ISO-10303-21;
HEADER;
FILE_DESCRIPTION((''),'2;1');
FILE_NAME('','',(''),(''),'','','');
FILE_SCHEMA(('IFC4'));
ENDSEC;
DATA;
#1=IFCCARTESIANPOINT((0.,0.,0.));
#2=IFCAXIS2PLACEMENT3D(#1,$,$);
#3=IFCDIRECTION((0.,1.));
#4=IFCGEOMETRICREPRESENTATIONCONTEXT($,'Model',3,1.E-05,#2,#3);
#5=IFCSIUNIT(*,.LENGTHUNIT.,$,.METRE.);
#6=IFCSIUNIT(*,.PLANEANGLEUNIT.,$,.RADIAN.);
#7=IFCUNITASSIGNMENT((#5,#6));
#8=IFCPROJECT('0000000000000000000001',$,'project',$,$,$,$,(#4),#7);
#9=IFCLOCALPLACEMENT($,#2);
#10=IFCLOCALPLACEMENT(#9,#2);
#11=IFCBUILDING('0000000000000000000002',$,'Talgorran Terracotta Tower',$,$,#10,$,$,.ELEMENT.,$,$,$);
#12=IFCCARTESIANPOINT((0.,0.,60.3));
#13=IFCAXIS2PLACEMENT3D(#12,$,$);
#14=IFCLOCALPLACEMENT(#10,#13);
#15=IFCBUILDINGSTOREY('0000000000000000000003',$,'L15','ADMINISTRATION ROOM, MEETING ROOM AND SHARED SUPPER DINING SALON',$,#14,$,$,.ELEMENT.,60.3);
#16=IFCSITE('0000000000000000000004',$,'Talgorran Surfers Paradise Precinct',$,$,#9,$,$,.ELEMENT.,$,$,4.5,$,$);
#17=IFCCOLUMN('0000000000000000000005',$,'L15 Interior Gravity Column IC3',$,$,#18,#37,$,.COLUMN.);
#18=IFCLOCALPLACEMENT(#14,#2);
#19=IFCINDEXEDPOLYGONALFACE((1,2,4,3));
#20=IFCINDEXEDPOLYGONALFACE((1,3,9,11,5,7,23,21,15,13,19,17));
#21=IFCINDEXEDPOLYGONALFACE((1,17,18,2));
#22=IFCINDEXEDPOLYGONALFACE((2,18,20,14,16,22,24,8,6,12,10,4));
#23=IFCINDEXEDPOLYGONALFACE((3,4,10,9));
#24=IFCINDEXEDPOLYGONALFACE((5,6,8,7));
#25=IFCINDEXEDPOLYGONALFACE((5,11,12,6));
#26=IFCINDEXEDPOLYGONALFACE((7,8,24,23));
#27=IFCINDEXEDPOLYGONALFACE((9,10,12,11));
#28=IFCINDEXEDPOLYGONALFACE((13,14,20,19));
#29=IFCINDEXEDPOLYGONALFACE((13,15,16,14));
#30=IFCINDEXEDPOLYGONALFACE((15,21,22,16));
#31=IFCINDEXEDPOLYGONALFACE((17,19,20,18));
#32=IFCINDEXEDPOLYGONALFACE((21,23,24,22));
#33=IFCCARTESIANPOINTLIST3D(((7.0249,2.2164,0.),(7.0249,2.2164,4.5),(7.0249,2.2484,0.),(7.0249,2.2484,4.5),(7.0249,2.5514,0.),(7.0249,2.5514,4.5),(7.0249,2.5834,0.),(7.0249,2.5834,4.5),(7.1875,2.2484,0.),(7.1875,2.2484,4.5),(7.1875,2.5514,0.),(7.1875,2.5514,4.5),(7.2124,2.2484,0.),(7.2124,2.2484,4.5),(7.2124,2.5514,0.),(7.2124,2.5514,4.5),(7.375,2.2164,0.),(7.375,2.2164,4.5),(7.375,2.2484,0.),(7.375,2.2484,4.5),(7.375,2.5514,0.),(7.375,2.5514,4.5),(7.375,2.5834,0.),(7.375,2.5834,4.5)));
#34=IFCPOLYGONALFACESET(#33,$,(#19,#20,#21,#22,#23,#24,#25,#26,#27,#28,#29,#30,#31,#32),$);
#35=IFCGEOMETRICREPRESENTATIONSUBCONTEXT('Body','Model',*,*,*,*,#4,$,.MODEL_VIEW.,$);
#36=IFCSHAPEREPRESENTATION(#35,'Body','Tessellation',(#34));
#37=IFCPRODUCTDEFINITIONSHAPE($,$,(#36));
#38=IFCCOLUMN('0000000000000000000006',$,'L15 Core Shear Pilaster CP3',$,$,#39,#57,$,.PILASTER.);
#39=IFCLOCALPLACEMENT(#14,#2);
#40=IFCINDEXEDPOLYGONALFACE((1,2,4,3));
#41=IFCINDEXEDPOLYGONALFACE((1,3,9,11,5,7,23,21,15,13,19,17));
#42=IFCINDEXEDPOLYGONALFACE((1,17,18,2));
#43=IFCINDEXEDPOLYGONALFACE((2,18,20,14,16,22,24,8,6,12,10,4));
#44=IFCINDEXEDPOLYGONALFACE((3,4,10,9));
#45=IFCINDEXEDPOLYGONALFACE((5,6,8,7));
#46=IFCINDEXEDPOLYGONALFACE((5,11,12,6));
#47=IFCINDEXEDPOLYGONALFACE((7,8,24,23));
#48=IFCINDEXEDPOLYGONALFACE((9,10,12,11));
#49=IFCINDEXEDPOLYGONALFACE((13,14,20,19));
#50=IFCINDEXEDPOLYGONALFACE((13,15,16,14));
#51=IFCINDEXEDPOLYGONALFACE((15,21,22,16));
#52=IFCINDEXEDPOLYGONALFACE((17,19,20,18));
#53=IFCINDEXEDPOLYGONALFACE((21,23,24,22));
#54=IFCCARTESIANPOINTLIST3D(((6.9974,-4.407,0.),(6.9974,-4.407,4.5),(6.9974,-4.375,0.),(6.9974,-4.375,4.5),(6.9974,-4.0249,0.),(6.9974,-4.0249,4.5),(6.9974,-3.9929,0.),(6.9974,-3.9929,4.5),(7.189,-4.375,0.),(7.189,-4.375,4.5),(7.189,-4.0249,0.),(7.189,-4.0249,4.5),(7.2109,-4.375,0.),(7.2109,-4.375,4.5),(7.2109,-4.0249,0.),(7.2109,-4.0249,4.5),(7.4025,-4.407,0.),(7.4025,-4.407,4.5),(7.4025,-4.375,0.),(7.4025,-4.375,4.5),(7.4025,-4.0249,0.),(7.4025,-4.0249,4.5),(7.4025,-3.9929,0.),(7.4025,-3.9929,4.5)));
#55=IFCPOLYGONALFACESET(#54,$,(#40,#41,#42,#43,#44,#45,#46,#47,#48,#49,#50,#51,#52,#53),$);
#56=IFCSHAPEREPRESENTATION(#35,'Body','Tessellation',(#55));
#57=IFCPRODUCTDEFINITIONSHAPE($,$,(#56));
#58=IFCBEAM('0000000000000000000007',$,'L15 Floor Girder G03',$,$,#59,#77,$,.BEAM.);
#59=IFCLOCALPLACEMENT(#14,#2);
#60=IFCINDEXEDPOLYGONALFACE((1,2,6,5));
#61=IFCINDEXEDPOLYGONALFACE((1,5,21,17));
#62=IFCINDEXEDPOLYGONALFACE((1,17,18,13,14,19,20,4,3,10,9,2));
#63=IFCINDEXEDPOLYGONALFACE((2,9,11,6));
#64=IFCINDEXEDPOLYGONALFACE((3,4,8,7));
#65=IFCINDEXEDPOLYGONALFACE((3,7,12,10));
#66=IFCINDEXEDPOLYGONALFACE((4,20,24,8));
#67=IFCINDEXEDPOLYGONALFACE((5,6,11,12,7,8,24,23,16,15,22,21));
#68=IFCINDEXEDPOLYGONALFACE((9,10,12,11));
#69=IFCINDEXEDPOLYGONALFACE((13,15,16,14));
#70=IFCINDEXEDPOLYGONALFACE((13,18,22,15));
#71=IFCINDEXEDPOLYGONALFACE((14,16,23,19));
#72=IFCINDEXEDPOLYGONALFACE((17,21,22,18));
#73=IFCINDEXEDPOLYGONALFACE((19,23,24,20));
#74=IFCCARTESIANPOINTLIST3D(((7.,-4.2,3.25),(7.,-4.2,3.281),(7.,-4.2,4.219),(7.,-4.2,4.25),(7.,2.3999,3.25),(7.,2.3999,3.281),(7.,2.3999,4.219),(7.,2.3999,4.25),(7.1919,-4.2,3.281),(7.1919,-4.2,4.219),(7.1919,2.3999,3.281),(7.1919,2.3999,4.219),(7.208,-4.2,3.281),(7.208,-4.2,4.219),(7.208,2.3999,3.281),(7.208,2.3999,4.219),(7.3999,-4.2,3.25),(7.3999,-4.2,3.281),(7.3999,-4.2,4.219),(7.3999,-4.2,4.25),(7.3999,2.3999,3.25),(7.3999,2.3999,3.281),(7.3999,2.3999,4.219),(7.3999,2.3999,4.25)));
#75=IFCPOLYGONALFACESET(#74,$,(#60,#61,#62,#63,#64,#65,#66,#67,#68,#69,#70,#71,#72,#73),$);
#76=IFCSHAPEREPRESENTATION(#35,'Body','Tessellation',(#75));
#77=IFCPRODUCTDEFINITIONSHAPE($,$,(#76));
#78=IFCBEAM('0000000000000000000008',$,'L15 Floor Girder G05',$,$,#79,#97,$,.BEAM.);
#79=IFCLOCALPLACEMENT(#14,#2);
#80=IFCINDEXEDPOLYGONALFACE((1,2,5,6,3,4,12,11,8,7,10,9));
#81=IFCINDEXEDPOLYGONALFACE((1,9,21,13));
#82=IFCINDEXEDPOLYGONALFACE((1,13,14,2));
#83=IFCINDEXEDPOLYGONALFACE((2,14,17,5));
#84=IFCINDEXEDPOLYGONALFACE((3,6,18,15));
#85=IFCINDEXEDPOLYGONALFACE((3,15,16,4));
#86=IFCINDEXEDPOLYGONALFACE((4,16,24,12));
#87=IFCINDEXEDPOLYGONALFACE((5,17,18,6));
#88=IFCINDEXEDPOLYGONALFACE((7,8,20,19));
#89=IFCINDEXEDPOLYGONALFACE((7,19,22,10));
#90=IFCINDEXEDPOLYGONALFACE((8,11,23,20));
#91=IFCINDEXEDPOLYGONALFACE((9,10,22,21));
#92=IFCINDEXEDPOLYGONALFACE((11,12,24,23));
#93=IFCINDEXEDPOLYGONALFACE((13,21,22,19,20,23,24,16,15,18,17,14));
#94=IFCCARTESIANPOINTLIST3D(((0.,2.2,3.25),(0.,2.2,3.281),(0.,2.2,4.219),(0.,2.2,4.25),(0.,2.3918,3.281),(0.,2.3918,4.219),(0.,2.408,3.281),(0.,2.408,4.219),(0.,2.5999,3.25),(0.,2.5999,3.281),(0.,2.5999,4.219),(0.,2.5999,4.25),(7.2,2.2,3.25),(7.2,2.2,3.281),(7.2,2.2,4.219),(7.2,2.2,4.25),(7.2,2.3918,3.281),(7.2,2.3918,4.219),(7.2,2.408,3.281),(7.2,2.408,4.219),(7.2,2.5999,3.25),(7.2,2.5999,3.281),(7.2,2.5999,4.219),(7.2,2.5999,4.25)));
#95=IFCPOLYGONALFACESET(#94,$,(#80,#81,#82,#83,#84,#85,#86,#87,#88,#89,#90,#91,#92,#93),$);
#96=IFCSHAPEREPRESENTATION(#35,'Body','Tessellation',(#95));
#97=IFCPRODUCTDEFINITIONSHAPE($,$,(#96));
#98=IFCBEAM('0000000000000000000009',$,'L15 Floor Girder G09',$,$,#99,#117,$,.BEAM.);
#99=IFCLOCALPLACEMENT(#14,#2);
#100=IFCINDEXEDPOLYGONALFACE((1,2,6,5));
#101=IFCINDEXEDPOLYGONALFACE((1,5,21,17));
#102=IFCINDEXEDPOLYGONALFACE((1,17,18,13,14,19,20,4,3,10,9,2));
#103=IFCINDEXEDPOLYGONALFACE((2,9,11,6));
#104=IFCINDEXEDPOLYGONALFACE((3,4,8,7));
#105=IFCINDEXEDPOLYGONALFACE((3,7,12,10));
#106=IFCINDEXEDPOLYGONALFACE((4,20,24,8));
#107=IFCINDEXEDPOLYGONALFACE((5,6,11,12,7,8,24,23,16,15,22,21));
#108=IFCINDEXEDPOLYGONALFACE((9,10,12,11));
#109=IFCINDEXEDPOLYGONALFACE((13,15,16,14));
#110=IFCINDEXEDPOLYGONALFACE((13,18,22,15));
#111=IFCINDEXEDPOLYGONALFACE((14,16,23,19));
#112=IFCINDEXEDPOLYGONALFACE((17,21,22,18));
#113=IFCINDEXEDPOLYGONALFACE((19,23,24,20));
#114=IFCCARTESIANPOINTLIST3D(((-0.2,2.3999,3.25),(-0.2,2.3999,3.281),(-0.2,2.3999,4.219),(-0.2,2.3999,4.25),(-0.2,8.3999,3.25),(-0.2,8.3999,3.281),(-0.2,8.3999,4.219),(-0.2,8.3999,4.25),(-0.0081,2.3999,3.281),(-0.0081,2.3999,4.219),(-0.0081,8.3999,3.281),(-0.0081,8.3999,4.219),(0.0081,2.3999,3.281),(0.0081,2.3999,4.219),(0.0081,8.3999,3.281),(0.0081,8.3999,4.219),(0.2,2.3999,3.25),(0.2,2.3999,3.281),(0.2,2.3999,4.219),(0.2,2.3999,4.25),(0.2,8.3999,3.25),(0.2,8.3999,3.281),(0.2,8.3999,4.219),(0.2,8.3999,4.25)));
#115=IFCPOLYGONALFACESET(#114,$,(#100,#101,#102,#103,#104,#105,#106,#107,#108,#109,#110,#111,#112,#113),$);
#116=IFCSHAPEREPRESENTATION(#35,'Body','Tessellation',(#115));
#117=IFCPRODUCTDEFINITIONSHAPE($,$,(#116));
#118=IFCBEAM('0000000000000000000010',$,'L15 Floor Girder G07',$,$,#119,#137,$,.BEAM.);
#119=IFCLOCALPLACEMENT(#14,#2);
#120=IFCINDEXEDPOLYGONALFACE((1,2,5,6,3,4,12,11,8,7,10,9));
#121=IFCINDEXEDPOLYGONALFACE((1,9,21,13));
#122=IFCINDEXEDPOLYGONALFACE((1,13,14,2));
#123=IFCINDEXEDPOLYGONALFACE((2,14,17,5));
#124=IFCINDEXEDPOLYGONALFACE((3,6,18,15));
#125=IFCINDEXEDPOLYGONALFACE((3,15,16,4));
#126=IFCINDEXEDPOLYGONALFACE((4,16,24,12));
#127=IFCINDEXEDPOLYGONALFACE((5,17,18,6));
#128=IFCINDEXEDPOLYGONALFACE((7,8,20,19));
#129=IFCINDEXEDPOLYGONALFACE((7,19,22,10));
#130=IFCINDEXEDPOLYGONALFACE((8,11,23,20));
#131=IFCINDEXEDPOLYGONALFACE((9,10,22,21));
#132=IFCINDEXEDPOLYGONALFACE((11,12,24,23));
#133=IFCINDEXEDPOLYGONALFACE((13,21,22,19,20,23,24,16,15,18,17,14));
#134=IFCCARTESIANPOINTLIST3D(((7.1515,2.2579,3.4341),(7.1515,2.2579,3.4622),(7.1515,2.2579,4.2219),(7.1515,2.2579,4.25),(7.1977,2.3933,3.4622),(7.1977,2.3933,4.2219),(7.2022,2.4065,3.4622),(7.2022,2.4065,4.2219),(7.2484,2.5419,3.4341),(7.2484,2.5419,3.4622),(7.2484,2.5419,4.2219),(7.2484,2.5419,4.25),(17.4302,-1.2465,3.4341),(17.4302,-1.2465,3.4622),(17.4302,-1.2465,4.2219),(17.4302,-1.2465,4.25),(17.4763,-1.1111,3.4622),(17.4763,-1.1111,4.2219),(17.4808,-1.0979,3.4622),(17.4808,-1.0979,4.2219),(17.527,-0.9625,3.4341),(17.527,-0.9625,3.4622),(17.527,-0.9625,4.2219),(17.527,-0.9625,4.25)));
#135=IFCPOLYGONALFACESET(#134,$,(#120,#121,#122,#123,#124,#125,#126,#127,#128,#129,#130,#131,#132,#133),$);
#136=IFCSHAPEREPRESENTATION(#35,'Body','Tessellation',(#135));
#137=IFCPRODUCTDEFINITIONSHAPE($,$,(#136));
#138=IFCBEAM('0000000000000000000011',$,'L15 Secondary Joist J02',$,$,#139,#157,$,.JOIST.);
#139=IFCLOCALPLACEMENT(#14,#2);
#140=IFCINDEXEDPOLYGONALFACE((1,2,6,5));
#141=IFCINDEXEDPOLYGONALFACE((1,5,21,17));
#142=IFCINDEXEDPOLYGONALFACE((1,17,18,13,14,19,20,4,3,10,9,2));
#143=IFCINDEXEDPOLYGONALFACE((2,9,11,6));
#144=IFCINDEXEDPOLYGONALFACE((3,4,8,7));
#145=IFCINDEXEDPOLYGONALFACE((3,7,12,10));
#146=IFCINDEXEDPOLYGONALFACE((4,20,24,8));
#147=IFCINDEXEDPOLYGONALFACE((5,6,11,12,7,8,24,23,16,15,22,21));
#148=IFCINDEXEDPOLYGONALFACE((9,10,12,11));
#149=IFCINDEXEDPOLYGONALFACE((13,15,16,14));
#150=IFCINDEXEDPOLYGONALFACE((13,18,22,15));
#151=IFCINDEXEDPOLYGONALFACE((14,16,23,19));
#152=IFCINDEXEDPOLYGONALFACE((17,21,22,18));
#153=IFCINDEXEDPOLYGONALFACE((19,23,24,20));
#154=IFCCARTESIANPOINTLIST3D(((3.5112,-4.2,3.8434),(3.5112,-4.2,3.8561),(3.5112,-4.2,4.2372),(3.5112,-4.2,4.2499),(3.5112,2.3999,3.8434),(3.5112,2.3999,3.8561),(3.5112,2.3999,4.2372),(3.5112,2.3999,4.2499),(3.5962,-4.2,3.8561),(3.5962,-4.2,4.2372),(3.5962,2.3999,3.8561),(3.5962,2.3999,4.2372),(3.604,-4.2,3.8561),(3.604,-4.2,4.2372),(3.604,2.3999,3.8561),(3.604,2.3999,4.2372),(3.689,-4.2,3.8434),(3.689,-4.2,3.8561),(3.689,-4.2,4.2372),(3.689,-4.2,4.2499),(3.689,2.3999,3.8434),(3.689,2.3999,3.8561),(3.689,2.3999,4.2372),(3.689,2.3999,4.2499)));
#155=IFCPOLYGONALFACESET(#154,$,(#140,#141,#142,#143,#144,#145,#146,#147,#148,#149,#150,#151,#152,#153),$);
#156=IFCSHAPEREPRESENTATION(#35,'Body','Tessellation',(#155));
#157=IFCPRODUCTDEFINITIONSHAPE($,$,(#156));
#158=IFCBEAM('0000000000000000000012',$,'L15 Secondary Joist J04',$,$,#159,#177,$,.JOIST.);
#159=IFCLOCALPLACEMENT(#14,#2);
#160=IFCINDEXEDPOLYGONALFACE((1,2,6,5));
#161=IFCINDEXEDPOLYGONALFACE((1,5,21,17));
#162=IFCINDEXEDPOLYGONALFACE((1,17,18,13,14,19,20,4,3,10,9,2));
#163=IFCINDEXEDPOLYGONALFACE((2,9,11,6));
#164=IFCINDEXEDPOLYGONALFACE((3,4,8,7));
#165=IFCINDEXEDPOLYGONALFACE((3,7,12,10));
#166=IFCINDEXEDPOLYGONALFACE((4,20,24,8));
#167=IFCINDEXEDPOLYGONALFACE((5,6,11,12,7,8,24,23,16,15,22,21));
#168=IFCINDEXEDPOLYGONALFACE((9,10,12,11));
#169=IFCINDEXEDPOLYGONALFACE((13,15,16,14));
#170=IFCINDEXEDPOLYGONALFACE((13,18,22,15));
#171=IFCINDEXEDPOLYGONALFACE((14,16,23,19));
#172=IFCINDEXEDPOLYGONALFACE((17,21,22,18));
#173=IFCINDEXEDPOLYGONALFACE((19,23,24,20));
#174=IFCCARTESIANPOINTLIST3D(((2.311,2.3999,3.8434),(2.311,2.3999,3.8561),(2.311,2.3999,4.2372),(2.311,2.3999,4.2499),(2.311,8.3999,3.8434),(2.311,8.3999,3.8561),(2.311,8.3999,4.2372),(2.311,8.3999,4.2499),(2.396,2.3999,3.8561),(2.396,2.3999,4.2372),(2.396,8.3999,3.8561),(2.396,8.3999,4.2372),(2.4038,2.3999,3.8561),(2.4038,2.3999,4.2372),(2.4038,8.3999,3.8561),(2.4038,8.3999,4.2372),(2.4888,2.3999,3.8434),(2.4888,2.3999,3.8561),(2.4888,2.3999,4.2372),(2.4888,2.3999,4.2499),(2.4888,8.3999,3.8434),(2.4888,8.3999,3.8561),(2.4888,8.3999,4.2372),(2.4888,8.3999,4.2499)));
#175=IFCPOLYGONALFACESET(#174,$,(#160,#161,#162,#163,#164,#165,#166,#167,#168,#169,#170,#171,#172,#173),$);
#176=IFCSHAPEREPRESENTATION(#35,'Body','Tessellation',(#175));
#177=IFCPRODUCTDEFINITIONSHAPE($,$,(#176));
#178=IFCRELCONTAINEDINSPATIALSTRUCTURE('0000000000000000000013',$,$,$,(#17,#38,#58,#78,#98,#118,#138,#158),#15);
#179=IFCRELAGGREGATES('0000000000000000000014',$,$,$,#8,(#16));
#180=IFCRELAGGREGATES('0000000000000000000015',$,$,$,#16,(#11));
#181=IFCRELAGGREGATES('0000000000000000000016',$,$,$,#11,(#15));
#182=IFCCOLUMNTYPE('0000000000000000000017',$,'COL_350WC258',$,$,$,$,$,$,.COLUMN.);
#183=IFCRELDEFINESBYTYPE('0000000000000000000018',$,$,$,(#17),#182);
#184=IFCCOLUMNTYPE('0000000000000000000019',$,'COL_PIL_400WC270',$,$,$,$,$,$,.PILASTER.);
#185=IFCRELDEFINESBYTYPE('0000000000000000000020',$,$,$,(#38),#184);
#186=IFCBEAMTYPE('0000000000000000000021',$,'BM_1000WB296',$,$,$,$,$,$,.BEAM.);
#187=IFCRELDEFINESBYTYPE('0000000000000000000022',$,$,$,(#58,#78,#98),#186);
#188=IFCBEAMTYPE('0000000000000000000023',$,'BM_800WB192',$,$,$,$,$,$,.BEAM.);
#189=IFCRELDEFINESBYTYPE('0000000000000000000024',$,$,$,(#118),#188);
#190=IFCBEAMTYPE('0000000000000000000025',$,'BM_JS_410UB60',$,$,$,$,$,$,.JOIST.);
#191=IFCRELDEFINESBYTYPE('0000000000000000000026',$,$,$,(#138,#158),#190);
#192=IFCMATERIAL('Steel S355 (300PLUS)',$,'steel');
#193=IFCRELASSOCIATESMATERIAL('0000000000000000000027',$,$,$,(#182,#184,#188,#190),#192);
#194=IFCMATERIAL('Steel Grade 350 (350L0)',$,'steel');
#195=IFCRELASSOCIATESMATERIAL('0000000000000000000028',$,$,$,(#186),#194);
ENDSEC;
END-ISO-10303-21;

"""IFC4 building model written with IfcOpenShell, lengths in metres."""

from ifc_helpers import new_model, si_unit, direction, frame, origin, origin_2d, place, context, subcontext, project, spatial, i_section, extrude, material, material_profile, profile_set, type_object, element, save


model = new_model("IFC4")

# Units and contexts
model_context = context("Model", 3, precision=1e-05, world=origin(), true_north=direction((0.0, 1.0)))
body_context = subcontext(model_context, "Body", "Model", "MODEL_VIEW")
ifc_project = project(units=[si_unit("LENGTHUNIT", "METRE"), si_unit("PLANEANGLEUNIT", "RADIAN")], contexts=[model_context])

# Site, building, storey
site_placement = place(None, origin())
site = spatial("IfcSite", under=ifc_project, at=site_placement, Name="Talgorran Surfers Paradise Precinct", CompositionType="ELEMENT", RefElevation=4.5)
building_placement = place(site_placement, origin())
building = spatial("IfcBuilding", under=site, at=building_placement, Name="Talgorran Terracotta Tower", CompositionType="ELEMENT")
storey_placement = place(building_placement, frame((0.0, 0.0, 60.3)))
storey = spatial("IfcBuildingStorey", under=building, at=storey_placement, Name="L15", Description="ADMINISTRATION ROOM, MEETING ROOM AND SHARED SUPPER DINING SALON", CompositionType="ELEMENT", Elevation=60.3)

# Columns
ifc_material_1 = material(Name="Steel S355 (300PLUS)", Category="steel")
ifc_material_profile_1 = material_profile(ifc_material_1, i_section(OverallWidth=0.3501, OverallDepth=0.3669, WebThickness=0.0249, FlangeThickness=0.032, at=origin_2d()), Name="350WC258")
ifc_profile_set_1 = profile_set([ifc_material_profile_1], Name="Steel S355 (300PLUS)")
column_type_1 = type_object("IfcColumnType", Name="COL_350WC258", PredefinedType="COLUMN", material=ifc_profile_set_1)
column_1_placement = place(storey_placement, frame((7.2, 2.3999, 0.0), z_axis=(0.0, 0.0, 1.0), x_axis=(1.0, 0.0, 0.0)))
element("IfcColumn", 1, at=column_1_placement, inside=storey, type_object=column_type_1, Name="L15 Interior Gravity Column IC3", PredefinedType="COLUMN", context=body_context, shape_type="SweptSolid", body=[
    extrude(i_section(OverallWidth=0.3501, OverallDepth=0.3669, WebThickness=0.0249, FlangeThickness=0.032, at=origin_2d()), origin(), (0.0, 0.0, 1.0), 4.5),
])
ifc_material_profile_2 = material_profile(ifc_material_1, i_section(OverallWidth=0.405, OverallDepth=0.4141, WebThickness=0.022, FlangeThickness=0.032, at=origin_2d()), Name="400WC270")
ifc_profile_set_2 = profile_set([ifc_material_profile_2], Name="Steel S355 (300PLUS)")
column_type_2 = type_object("IfcColumnType", Name="COL_PIL_400WC270", PredefinedType="PILASTER", material=ifc_profile_set_2)
column_2_placement = place(storey_placement, frame((7.2, -4.2, 0.0), z_axis=(0.0, 0.0, 1.0), x_axis=(1.0, 0.0, 0.0)))
element("IfcColumn", 2, at=column_2_placement, inside=storey, type_object=column_type_2, Name="L15 Core Shear Pilaster CP3", PredefinedType="PILASTER", context=body_context, shape_type="SweptSolid", body=[
    extrude(i_section(OverallWidth=0.405, OverallDepth=0.4141, WebThickness=0.022, FlangeThickness=0.032, at=origin_2d()), origin(), (0.0, 0.0, 1.0), 4.5),
])

# Beams
ifc_material_2 = material(Name="Steel Grade 350 (350L0)", Category="steel")
ifc_material_profile_3 = material_profile(ifc_material_2, i_section(OverallWidth=0.3999, OverallDepth=1.0, WebThickness=0.0161, FlangeThickness=0.031, at=origin_2d()), Name="1000WB296")
ifc_profile_set_3 = profile_set([ifc_material_profile_3], Name="Steel Grade 350 (350L0)")
beam_type_1 = type_object("IfcBeamType", Name="BM_1000WB296", PredefinedType="BEAM", material=ifc_profile_set_3)
beam_1_placement = place(storey_placement, frame((7.2, -4.2, 3.75), z_axis=(0.0, 1.0, 0.0), x_axis=(-1.0, 0.0, 0.0)))
element("IfcBeam", 3, at=beam_1_placement, inside=storey, type_object=beam_type_1, Name="L15 Floor Girder G03", PredefinedType="BEAM", context=body_context, shape_type="SweptSolid", body=[
    extrude(i_section(OverallWidth=0.3999, OverallDepth=1.0, WebThickness=0.0161, FlangeThickness=0.031, at=origin_2d()), origin(), (0.0, 0.0, 1.0), 6.5999),
])
beam_2_placement = place(storey_placement, frame((0.0, 2.3999, 3.75), z_axis=(1.0, 0.0, 0.0), x_axis=(0.0, 1.0, 0.0)))
element("IfcBeam", 4, at=beam_2_placement, inside=storey, type_object=beam_type_1, Name="L15 Floor Girder G05", PredefinedType="BEAM", context=body_context, shape_type="SweptSolid", body=[
    extrude(i_section(OverallWidth=0.3999, OverallDepth=1.0, WebThickness=0.0161, FlangeThickness=0.031, at=origin_2d()), origin(), (0.0, 0.0, 1.0), 7.2),
])
beam_3_placement = place(storey_placement, frame((0.0, 2.3999, 3.75), z_axis=(0.0, 1.0, 0.0), x_axis=(-1.0, 0.0, 0.0)))
element("IfcBeam", 5, at=beam_3_placement, inside=storey, type_object=beam_type_1, Name="L15 Floor Girder G09", PredefinedType="BEAM", context=body_context, shape_type="SweptSolid", body=[
    extrude(i_section(OverallWidth=0.3999, OverallDepth=1.0, WebThickness=0.0161, FlangeThickness=0.031, at=origin_2d()), origin(), (0.0, 0.0, 1.0), 6.0),
])
ifc_material_profile_4 = material_profile(ifc_material_1, i_section(OverallWidth=0.3, OverallDepth=0.8159, WebThickness=0.0139, FlangeThickness=0.0281, at=origin_2d()), Name="800WB192")
ifc_profile_set_4 = profile_set([ifc_material_profile_4], Name="Steel S355 (300PLUS)")
beam_type_2 = type_object("IfcBeamType", Name="BM_800WB192", PredefinedType="BEAM", material=ifc_profile_set_4)
beam_4_placement = place(storey_placement, frame((7.2, 2.3999, 3.842), z_axis=(0.946501, -0.322702, 0.0), x_axis=(0.322702, 0.946501, 0.0)))
element("IfcBeam", 6, at=beam_4_placement, inside=storey, type_object=beam_type_2, Name="L15 Floor Girder G07", PredefinedType="BEAM", context=body_context, shape_type="SweptSolid", body=[
    extrude(i_section(OverallWidth=0.3, OverallDepth=0.8159, WebThickness=0.0139, FlangeThickness=0.0281, at=origin_2d()), origin(), (0.0, 0.0, 1.0), 10.8596),
])
ifc_material_profile_5 = material_profile(ifc_material_1, i_section(OverallWidth=0.1777, OverallDepth=0.4065, WebThickness=0.0078, FlangeThickness=0.0127, at=origin_2d()), Name="410UB59.7")
ifc_profile_set_5 = profile_set([ifc_material_profile_5], Name="Steel S355 (300PLUS)")
beam_type_3 = type_object("IfcBeamType", Name="BM_JS_410UB60", PredefinedType="JOIST", material=ifc_profile_set_5)
beam_5_placement = place(storey_placement, frame((3.6001, -4.2, 4.0466), z_axis=(0.0, 1.0, 0.0), x_axis=(-1.0, 0.0, 0.0)))
element("IfcBeam", 7, at=beam_5_placement, inside=storey, type_object=beam_type_3, Name="L15 Secondary Joist J02", PredefinedType="JOIST", context=body_context, shape_type="SweptSolid", body=[
    extrude(i_section(OverallWidth=0.1777, OverallDepth=0.4065, WebThickness=0.0078, FlangeThickness=0.0127, at=origin_2d()), origin(), (0.0, 0.0, 1.0), 6.5999),
])
beam_6_placement = place(storey_placement, frame((2.3999, 2.3999, 4.0466), z_axis=(0.0, 1.0, 0.0), x_axis=(-1.0, 0.0, 0.0)))
element("IfcBeam", 8, at=beam_6_placement, inside=storey, type_object=beam_type_3, Name="L15 Secondary Joist J04", PredefinedType="JOIST", context=body_context, shape_type="SweptSolid", body=[
    extrude(i_section(OverallWidth=0.1777, OverallDepth=0.4065, WebThickness=0.0078, FlangeThickness=0.0127, at=origin_2d()), origin(), (0.0, 0.0, 1.0), 6.0),
])

save(model, "model.ifc")
